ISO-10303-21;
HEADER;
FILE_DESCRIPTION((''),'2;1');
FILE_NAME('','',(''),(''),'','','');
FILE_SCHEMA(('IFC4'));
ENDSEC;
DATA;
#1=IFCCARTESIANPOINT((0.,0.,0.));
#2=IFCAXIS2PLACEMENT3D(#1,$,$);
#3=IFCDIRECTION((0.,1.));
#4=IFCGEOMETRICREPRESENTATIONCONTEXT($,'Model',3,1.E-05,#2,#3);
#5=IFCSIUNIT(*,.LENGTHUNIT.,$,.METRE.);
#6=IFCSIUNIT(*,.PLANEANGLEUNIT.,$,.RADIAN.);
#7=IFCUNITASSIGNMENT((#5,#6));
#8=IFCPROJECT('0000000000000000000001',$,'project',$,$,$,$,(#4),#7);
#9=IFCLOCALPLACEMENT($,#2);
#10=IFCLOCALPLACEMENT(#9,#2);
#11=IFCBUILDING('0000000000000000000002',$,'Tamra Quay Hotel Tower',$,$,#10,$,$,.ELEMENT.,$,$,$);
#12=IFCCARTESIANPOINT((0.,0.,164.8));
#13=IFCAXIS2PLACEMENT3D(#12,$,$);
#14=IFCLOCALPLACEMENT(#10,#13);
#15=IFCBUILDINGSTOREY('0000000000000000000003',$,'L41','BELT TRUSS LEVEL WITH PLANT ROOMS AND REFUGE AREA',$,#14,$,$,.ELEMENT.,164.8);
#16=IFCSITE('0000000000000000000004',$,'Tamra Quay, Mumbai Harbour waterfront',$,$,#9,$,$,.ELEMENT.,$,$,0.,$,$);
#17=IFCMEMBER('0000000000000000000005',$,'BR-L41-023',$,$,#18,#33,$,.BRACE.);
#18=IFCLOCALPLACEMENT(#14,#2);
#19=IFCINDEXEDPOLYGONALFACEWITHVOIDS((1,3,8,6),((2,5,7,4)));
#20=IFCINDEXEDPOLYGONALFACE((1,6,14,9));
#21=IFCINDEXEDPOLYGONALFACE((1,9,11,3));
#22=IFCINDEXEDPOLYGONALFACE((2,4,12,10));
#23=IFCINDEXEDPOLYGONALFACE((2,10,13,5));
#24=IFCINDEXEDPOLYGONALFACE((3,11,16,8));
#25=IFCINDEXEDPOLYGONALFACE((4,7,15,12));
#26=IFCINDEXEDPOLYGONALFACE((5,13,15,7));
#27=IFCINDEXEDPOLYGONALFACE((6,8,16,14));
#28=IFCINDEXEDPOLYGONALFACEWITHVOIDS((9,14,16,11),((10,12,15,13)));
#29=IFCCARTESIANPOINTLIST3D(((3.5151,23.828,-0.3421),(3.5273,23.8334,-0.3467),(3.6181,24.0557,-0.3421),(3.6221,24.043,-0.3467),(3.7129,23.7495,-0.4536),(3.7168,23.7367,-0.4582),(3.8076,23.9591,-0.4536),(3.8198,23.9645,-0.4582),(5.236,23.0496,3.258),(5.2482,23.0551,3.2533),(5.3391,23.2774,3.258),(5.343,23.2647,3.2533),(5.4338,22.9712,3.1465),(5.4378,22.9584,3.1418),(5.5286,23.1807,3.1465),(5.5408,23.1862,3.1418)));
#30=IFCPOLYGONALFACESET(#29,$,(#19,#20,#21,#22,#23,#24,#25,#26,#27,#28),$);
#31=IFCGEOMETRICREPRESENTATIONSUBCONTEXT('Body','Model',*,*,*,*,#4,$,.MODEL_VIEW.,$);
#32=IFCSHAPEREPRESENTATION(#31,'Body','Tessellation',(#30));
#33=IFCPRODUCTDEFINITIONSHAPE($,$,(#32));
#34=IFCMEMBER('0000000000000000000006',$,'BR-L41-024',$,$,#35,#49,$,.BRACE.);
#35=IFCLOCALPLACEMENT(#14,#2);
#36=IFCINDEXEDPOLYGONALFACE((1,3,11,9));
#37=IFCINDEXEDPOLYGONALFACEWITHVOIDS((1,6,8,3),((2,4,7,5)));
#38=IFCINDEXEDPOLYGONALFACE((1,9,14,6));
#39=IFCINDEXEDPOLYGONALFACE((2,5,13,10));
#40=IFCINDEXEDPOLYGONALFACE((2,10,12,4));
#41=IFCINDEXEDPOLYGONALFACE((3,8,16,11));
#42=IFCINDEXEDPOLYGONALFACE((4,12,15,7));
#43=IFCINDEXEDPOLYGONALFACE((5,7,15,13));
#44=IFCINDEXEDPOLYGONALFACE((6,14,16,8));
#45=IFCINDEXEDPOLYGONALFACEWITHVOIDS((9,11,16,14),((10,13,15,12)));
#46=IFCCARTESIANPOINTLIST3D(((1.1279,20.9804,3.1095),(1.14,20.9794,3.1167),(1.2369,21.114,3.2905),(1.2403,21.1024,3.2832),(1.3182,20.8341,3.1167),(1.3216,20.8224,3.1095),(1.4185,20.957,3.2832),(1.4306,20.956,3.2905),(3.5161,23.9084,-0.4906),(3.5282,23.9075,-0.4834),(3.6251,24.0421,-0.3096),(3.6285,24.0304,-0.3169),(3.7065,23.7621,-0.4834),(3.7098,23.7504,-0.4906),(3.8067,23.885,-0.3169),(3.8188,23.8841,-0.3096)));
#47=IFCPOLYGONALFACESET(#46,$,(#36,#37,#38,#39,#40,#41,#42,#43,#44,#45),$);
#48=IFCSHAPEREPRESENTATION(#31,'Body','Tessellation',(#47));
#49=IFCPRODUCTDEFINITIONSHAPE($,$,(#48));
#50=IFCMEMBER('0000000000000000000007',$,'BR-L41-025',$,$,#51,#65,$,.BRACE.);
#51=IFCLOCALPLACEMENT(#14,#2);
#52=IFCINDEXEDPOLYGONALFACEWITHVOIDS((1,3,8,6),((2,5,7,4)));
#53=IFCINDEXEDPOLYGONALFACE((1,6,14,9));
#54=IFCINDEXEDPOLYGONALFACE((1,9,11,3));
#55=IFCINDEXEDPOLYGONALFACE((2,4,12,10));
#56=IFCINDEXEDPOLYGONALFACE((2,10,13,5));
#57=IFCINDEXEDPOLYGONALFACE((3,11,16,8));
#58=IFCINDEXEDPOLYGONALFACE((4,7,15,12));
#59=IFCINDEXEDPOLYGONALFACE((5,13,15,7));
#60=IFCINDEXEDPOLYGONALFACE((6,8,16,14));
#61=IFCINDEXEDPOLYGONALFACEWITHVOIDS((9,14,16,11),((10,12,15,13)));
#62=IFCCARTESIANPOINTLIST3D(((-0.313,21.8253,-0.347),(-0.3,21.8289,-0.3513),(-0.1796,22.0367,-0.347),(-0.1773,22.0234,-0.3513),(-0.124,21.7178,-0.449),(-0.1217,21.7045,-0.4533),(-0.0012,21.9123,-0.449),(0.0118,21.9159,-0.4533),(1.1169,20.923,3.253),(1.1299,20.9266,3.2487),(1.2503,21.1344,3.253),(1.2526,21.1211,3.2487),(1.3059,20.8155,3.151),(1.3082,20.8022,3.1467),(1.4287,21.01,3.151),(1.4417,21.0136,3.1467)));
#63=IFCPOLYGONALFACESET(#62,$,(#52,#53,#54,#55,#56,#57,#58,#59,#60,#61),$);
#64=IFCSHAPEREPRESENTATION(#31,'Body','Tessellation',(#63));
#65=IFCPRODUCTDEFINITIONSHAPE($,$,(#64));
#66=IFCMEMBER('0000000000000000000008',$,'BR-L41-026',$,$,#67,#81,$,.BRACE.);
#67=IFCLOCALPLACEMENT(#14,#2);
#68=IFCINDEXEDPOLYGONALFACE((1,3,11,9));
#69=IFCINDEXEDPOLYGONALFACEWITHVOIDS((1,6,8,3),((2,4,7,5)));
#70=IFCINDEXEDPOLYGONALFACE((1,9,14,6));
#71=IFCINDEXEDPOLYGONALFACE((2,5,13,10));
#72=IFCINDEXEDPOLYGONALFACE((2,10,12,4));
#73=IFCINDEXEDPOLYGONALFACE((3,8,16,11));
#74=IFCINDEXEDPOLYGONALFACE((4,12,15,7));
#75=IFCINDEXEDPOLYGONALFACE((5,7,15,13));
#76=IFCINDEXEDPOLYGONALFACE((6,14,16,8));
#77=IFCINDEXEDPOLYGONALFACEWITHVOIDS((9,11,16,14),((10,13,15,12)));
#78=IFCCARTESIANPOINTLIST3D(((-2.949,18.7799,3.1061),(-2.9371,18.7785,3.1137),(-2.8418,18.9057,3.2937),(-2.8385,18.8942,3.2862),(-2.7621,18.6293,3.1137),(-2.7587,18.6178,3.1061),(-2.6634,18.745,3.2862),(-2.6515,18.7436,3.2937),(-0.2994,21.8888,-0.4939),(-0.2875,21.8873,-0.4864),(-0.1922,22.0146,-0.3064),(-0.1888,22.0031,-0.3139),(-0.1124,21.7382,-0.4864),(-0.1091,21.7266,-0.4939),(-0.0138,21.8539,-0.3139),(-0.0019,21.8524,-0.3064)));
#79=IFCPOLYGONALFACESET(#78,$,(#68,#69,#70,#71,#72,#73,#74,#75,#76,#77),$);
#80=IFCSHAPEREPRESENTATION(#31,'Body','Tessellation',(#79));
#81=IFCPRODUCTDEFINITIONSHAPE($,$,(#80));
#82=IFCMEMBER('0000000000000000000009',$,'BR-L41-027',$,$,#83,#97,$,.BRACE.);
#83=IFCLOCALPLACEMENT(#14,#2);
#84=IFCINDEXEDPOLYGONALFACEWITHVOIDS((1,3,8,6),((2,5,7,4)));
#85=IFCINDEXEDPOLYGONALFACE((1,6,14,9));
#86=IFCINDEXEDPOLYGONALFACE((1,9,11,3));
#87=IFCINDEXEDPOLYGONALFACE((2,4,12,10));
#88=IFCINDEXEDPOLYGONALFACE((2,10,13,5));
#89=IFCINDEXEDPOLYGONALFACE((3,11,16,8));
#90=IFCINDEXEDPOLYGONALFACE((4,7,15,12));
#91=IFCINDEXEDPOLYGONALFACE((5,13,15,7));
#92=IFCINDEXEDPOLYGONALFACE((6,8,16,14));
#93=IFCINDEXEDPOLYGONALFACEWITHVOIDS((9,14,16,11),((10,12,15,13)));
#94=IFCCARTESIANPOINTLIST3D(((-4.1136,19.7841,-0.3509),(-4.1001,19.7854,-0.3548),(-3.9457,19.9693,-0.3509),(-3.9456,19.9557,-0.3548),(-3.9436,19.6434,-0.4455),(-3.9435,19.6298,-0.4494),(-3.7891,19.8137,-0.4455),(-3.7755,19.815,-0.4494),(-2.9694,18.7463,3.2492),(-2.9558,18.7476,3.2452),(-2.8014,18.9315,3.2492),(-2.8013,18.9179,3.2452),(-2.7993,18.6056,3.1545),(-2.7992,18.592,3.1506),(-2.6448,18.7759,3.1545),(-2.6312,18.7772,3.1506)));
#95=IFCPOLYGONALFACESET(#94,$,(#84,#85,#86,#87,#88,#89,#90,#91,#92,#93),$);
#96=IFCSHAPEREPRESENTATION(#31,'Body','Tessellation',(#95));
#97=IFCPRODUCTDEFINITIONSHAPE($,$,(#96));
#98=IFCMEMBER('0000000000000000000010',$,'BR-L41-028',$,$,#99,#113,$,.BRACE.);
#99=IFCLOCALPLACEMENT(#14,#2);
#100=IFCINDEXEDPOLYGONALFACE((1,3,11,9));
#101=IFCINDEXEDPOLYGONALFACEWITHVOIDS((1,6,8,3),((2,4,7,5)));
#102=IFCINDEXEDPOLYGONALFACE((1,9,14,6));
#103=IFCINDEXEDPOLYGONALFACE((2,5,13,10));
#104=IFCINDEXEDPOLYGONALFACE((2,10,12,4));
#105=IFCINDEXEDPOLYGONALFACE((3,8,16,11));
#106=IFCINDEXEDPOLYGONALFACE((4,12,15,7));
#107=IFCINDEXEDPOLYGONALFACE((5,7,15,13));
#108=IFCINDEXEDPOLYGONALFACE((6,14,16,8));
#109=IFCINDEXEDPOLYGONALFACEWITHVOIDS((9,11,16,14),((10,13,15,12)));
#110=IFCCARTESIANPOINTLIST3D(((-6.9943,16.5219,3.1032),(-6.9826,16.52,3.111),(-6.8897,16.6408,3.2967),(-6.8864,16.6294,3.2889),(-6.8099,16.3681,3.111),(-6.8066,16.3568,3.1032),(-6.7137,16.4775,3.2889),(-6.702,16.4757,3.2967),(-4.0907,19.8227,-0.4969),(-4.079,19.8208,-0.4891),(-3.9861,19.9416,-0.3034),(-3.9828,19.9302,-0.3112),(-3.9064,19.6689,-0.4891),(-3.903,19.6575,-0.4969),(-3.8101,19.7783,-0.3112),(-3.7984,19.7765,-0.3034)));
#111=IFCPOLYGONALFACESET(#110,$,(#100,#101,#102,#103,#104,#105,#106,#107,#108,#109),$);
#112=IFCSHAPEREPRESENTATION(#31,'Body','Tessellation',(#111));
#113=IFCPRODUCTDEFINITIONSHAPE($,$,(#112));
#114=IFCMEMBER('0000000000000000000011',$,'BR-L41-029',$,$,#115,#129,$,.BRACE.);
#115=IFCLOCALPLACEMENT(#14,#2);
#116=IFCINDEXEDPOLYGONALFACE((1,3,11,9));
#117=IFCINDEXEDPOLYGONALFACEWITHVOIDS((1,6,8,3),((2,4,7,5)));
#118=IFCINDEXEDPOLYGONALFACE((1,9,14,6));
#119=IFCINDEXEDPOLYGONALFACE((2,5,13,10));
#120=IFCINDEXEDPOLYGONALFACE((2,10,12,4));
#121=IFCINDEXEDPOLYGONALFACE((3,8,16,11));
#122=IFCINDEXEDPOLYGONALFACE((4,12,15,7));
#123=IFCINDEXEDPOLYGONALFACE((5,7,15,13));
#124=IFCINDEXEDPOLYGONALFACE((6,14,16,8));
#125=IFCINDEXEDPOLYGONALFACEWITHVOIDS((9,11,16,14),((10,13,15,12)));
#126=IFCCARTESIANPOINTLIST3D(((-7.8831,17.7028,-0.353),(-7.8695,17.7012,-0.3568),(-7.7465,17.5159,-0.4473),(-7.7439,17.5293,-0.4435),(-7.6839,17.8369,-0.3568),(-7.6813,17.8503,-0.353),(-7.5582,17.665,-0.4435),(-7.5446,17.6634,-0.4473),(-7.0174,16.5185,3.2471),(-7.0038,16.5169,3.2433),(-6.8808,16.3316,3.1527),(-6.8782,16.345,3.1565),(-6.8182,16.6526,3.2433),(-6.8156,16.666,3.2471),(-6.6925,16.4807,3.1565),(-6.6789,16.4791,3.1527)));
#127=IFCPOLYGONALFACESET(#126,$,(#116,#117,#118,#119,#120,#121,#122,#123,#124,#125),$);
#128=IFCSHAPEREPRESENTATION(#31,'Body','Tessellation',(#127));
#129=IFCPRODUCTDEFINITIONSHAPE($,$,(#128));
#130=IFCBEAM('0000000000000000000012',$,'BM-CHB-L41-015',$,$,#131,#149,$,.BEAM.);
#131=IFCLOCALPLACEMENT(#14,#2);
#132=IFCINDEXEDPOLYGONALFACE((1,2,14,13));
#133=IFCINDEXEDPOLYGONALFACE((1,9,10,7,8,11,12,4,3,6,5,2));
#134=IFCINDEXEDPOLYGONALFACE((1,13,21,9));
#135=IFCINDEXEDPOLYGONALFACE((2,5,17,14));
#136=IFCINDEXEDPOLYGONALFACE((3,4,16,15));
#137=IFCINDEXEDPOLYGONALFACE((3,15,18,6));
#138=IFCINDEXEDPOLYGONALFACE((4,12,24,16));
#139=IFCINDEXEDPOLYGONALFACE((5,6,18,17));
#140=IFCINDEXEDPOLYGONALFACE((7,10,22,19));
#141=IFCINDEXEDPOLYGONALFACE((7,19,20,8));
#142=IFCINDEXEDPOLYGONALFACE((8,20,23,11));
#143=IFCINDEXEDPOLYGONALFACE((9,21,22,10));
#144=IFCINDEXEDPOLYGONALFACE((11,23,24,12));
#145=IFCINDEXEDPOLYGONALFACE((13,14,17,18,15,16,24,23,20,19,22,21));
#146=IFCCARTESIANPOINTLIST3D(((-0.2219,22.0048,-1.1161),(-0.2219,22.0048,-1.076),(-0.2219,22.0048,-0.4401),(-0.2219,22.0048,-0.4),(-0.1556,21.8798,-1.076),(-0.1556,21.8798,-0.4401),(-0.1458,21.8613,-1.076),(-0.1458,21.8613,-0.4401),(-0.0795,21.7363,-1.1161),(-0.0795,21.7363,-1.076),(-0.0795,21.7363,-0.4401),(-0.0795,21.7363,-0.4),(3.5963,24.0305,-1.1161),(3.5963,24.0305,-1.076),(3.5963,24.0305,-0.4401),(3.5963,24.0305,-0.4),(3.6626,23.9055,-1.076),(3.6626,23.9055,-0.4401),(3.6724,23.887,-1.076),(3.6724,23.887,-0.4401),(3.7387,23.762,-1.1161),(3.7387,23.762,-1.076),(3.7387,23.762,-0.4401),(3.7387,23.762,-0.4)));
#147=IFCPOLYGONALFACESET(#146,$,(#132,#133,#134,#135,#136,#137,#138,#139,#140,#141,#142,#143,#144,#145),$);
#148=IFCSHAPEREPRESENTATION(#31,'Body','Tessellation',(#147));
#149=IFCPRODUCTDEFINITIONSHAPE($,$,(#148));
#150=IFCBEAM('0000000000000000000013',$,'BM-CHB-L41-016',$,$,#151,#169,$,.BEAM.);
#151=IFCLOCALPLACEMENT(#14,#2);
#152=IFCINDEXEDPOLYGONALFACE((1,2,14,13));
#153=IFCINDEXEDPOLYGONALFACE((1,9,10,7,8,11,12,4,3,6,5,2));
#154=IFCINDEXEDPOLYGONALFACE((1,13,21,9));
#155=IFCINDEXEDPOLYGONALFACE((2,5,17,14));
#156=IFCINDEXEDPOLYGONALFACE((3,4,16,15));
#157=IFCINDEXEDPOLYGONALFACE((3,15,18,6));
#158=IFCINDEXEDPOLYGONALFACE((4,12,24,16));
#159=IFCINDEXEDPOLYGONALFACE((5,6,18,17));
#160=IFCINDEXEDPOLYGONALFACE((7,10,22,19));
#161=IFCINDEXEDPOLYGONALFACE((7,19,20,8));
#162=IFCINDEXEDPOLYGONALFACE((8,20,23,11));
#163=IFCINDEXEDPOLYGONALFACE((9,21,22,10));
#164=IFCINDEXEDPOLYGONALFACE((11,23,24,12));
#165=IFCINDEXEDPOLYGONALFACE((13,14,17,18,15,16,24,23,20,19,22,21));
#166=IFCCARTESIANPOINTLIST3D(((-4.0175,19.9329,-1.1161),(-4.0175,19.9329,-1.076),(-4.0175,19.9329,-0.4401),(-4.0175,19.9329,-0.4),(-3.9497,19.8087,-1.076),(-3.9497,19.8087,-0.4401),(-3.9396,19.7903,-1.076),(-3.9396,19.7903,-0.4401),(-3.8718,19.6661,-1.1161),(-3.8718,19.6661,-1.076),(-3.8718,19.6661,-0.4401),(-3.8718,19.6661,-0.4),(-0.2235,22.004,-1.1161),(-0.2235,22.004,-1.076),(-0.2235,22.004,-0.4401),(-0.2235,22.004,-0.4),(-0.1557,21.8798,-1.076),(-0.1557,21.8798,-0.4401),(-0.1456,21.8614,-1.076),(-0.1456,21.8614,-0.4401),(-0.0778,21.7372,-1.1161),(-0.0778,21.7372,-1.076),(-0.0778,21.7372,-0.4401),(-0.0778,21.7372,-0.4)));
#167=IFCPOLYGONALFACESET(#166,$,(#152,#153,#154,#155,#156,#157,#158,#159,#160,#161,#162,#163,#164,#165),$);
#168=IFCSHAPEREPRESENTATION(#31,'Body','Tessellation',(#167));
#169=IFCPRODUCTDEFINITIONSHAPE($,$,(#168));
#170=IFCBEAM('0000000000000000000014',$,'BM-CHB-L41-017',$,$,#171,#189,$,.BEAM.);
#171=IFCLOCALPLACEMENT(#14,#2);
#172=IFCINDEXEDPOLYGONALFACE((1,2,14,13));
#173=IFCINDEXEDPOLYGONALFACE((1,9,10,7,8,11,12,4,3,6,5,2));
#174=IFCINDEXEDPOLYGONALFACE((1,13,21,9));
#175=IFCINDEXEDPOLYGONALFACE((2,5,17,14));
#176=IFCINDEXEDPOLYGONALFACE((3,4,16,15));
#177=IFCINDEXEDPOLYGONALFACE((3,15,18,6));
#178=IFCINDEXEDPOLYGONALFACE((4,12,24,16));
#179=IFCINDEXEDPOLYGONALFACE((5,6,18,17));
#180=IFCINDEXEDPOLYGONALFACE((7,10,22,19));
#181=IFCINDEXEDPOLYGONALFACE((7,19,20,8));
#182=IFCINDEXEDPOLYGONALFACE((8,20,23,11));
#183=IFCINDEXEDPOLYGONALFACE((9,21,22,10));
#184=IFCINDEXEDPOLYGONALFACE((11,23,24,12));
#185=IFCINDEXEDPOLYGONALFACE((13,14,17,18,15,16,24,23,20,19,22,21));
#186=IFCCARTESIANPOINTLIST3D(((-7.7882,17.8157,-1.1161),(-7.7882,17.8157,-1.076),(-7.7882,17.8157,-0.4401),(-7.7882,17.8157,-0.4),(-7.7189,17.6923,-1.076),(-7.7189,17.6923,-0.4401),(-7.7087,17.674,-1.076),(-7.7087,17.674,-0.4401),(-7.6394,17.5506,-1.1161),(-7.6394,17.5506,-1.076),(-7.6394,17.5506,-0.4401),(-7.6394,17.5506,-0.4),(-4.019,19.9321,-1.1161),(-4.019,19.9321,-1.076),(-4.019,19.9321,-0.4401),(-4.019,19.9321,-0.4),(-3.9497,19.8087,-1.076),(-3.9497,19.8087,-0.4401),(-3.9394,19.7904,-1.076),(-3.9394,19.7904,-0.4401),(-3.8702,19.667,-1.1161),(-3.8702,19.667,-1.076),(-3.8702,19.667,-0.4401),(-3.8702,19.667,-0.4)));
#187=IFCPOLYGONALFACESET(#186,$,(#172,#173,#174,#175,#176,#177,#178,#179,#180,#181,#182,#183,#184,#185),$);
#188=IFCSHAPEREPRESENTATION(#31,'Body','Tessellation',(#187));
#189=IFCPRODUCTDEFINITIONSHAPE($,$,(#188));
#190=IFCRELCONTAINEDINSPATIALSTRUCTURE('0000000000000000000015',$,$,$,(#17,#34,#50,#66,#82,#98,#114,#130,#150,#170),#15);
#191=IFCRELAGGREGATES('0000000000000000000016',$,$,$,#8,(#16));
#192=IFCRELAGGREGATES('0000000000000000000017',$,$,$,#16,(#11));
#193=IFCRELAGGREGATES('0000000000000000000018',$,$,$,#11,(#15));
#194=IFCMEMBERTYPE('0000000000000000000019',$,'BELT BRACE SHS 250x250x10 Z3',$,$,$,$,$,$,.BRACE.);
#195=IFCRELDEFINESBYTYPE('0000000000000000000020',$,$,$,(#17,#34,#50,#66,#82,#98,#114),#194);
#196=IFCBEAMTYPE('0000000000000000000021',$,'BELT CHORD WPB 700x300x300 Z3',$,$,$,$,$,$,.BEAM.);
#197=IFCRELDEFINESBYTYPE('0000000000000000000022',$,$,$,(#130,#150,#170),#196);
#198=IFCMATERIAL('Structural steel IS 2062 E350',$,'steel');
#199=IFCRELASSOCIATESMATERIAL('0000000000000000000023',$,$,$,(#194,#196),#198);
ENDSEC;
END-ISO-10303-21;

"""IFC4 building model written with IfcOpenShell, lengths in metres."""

from ifc_helpers import new_model, si_unit, direction, frame, origin, origin_2d, place, context, subcontext, project, spatial, hollow_rectangle, i_section, extrude, material, material_profile, profile_set, type_object, element, save


model = new_model("IFC4")

# Units and contexts
model_context = context("Model", 3, precision=1e-05, world=origin(), true_north=direction((0.0, 1.0)))
body_context = subcontext(model_context, "Body", "Model", "MODEL_VIEW")
ifc_project = project(units=[si_unit("LENGTHUNIT", "METRE"), si_unit("PLANEANGLEUNIT", "RADIAN")], contexts=[model_context])

# Site, building, storey
site_placement = place(None, origin())
site = spatial("IfcSite", under=ifc_project, at=site_placement, Name="Tamra Quay, Mumbai Harbour waterfront", CompositionType="ELEMENT", RefElevation=0.0)
building_placement = place(site_placement, origin())
building = spatial("IfcBuilding", under=site, at=building_placement, Name="Tamra Quay Hotel Tower", CompositionType="ELEMENT")
storey_placement = place(building_placement, frame((0.0, 0.0, 164.8)))
storey = spatial("IfcBuildingStorey", under=building, at=storey_placement, Name="L41", Description="BELT TRUSS LEVEL WITH PLANT ROOMS AND REFUGE AREA", CompositionType="ELEMENT", Elevation=164.8)

# Members
ifc_material_1 = material(Name="Structural steel IS 2062 E350", Category="steel")
ifc_material_profile_1 = material_profile(ifc_material_1, hollow_rectangle(XDim=0.25, YDim=0.25, WallThickness=0.01, at=origin_2d()), Name="SHS 250x250x10")
ifc_profile_set_1 = profile_set([ifc_material_profile_1], Name="Structural steel IS 2062 E350")
member_type = type_object("IfcMemberType", Name="BELT BRACE SHS 250x250x10 Z3", PredefinedType="BRACE", material=ifc_profile_set_1)
member_1_placement = place(storey_placement, frame((3.6675, 23.8962, -0.4001), z_axis=(0.423307, -0.191446, 0.885528), x_axis=(0.412078, 0.911148, 0.0)))
element("IfcMember", 1, at=member_1_placement, inside=storey, type_object=member_type, Name="BR-L41-023", PredefinedType="BRACE", context=body_context, shape_type="SweptSolid", body=[
    extrude(hollow_rectangle(XDim=0.25, YDim=0.25, WallThickness=0.01, at=origin_2d()), origin(), (0.0, 0.0, 1.0), 4.0654),
])
member_2_placement = place(storey_placement, frame((3.6675, 23.8962, -0.4001), z_axis=(-0.457601, -0.561031, 0.689816), x_axis=(0.774921, -0.632058, 0.0)))
element("IfcMember", 2, at=member_2_placement, inside=storey, type_object=member_type, Name="BR-L41-024", PredefinedType="BRACE", context=body_context, shape_type="SweptSolid", body=[
    extrude(hollow_rectangle(XDim=0.25, YDim=0.25, WallThickness=0.01, at=origin_2d()), origin(), (0.0, 0.0, 1.0), 5.219),
])
member_3_placement = place(storey_placement, frame((-0.1506, 21.8706, -0.4001), z_axis=(0.359515, -0.226868, 0.905141), x_axis=(0.533667, 0.845695, 0.0)))
element("IfcMember", 3, at=member_3_placement, inside=storey, type_object=member_type, Name="BR-L41-025", PredefinedType="BRACE", context=body_context, shape_type="SweptSolid", body=[
    extrude(hollow_rectangle(XDim=0.25, YDim=0.25, WallThickness=0.01, at=origin_2d()), origin(), (0.0, 0.0, 1.0), 3.9773),
])
member_4_placement = place(storey_placement, frame((-0.1506, 21.8706, -0.4001), z_axis=(-0.486634, -0.570976, 0.661191), x_axis=(0.76108, -0.648658, 0.0)))
element("IfcMember", 4, at=member_4_placement, inside=storey, type_object=member_type, Name="BR-L41-026", PredefinedType="BRACE", context=body_context, shape_type="SweptSolid", body=[
    extrude(hollow_rectangle(XDim=0.25, YDim=0.25, WallThickness=0.01, at=origin_2d()), origin(), (0.0, 0.0, 1.0), 5.4448),
])
member_5_placement = place(storey_placement, frame((-3.9446, 19.7996, -0.4001), z_axis=(0.292092, -0.264921, 0.918966), x_axis=(0.671815, 0.740719, 0.0)))
element("IfcMember", 5, at=member_5_placement, inside=storey, type_object=member_type, Name="BR-L41-027", PredefinedType="BRACE", context=body_context, shape_type="SweptSolid", body=[
    extrude(hollow_rectangle(XDim=0.25, YDim=0.25, WallThickness=0.01, at=origin_2d()), origin(), (0.0, 0.0, 1.0), 3.9175),
])
member_6_placement = place(storey_placement, frame((-3.9446, 19.7996, -0.4001), z_axis=(-0.511, -0.580906, 0.633583), x_axis=(0.75084, -0.660484, 0.0)))
element("IfcMember", 6, at=member_6_placement, inside=storey, type_object=member_type, Name="BR-L41-028", PredefinedType="BRACE", context=body_context, shape_type="SweptSolid", body=[
    extrude(hollow_rectangle(XDim=0.25, YDim=0.25, WallThickness=0.01, at=origin_2d()), origin(), (0.0, 0.0, 1.0), 5.6821),
])
member_7_placement = place(storey_placement, frame((-7.7139, 17.6831, -0.4001), z_axis=(0.222693, -0.304648, 0.926066), x_axis=(0.807309, 0.590129, 0.0)))
element("IfcMember", 7, at=member_7_placement, inside=storey, type_object=member_type, Name="BR-L41-029", PredefinedType="BRACE", context=body_context, shape_type="SweptSolid", body=[
    extrude(hollow_rectangle(XDim=0.25, YDim=0.25, WallThickness=0.01, at=origin_2d()), origin(), (0.0, 0.0, 1.0), 3.8875),
])

# Beams
ifc_material_profile_2 = material_profile(ifc_material_1, i_section(OverallWidth=0.304, OverallDepth=0.7161, WebThickness=0.021, FlangeThickness=0.04, at=origin_2d()), Name="WPB 700x300x300")
ifc_profile_set_2 = profile_set([ifc_material_profile_2], Name="Structural steel IS 2062 E350")
beam_type_1 = type_object("IfcBeamType", Name="BELT CHORD WPB 700x300x300 Z3", PredefinedType="BEAM", material=ifc_profile_set_2)
beam_1_placement = place(storey_placement, frame((3.6675, 23.8962, -0.7581), z_axis=(-0.883378, -0.468661, 0.0), x_axis=(0.468661, -0.883378, 0.0)))
element("IfcBeam", 8, at=beam_1_placement, inside=storey, type_object=beam_type_1, Name="BM-CHB-L41-015", PredefinedType="BEAM", context=body_context, shape_type="SweptSolid", body=[
    extrude(i_section(OverallWidth=0.304, OverallDepth=0.7161, WebThickness=0.021, FlangeThickness=0.04, at=origin_2d()), origin(), (0.0, 0.0, 1.0), 4.3223),
])
beam_2_placement = place(storey_placement, frame((-0.1506, 21.8706, -0.7581), z_axis=(-0.877738, -0.479141, 0.0), x_axis=(0.479141, -0.877738, 0.0)))
element("IfcBeam", 9, at=beam_2_placement, inside=storey, type_object=beam_type_1, Name="BM-CHB-L41-016", PredefinedType="BEAM", context=body_context, shape_type="SweptSolid", body=[
    extrude(i_section(OverallWidth=0.304, OverallDepth=0.7161, WebThickness=0.021, FlangeThickness=0.04, at=origin_2d()), origin(), (0.0, 0.0, 1.0), 4.3225),
])
beam_3_placement = place(storey_placement, frame((-3.9446, 19.7996, -0.7581), z_axis=(-0.871948, -0.489599, 0.0), x_axis=(0.489599, -0.871948, 0.0)))
element("IfcBeam", 10, at=beam_3_placement, inside=storey, type_object=beam_type_1, Name="BM-CHB-L41-017", PredefinedType="BEAM", context=body_context, shape_type="SweptSolid", body=[
    extrude(i_section(OverallWidth=0.304, OverallDepth=0.7161, WebThickness=0.021, FlangeThickness=0.04, at=origin_2d()), origin(), (0.0, 0.0, 1.0), 4.3228),
])

save(model, "model.ifc")
